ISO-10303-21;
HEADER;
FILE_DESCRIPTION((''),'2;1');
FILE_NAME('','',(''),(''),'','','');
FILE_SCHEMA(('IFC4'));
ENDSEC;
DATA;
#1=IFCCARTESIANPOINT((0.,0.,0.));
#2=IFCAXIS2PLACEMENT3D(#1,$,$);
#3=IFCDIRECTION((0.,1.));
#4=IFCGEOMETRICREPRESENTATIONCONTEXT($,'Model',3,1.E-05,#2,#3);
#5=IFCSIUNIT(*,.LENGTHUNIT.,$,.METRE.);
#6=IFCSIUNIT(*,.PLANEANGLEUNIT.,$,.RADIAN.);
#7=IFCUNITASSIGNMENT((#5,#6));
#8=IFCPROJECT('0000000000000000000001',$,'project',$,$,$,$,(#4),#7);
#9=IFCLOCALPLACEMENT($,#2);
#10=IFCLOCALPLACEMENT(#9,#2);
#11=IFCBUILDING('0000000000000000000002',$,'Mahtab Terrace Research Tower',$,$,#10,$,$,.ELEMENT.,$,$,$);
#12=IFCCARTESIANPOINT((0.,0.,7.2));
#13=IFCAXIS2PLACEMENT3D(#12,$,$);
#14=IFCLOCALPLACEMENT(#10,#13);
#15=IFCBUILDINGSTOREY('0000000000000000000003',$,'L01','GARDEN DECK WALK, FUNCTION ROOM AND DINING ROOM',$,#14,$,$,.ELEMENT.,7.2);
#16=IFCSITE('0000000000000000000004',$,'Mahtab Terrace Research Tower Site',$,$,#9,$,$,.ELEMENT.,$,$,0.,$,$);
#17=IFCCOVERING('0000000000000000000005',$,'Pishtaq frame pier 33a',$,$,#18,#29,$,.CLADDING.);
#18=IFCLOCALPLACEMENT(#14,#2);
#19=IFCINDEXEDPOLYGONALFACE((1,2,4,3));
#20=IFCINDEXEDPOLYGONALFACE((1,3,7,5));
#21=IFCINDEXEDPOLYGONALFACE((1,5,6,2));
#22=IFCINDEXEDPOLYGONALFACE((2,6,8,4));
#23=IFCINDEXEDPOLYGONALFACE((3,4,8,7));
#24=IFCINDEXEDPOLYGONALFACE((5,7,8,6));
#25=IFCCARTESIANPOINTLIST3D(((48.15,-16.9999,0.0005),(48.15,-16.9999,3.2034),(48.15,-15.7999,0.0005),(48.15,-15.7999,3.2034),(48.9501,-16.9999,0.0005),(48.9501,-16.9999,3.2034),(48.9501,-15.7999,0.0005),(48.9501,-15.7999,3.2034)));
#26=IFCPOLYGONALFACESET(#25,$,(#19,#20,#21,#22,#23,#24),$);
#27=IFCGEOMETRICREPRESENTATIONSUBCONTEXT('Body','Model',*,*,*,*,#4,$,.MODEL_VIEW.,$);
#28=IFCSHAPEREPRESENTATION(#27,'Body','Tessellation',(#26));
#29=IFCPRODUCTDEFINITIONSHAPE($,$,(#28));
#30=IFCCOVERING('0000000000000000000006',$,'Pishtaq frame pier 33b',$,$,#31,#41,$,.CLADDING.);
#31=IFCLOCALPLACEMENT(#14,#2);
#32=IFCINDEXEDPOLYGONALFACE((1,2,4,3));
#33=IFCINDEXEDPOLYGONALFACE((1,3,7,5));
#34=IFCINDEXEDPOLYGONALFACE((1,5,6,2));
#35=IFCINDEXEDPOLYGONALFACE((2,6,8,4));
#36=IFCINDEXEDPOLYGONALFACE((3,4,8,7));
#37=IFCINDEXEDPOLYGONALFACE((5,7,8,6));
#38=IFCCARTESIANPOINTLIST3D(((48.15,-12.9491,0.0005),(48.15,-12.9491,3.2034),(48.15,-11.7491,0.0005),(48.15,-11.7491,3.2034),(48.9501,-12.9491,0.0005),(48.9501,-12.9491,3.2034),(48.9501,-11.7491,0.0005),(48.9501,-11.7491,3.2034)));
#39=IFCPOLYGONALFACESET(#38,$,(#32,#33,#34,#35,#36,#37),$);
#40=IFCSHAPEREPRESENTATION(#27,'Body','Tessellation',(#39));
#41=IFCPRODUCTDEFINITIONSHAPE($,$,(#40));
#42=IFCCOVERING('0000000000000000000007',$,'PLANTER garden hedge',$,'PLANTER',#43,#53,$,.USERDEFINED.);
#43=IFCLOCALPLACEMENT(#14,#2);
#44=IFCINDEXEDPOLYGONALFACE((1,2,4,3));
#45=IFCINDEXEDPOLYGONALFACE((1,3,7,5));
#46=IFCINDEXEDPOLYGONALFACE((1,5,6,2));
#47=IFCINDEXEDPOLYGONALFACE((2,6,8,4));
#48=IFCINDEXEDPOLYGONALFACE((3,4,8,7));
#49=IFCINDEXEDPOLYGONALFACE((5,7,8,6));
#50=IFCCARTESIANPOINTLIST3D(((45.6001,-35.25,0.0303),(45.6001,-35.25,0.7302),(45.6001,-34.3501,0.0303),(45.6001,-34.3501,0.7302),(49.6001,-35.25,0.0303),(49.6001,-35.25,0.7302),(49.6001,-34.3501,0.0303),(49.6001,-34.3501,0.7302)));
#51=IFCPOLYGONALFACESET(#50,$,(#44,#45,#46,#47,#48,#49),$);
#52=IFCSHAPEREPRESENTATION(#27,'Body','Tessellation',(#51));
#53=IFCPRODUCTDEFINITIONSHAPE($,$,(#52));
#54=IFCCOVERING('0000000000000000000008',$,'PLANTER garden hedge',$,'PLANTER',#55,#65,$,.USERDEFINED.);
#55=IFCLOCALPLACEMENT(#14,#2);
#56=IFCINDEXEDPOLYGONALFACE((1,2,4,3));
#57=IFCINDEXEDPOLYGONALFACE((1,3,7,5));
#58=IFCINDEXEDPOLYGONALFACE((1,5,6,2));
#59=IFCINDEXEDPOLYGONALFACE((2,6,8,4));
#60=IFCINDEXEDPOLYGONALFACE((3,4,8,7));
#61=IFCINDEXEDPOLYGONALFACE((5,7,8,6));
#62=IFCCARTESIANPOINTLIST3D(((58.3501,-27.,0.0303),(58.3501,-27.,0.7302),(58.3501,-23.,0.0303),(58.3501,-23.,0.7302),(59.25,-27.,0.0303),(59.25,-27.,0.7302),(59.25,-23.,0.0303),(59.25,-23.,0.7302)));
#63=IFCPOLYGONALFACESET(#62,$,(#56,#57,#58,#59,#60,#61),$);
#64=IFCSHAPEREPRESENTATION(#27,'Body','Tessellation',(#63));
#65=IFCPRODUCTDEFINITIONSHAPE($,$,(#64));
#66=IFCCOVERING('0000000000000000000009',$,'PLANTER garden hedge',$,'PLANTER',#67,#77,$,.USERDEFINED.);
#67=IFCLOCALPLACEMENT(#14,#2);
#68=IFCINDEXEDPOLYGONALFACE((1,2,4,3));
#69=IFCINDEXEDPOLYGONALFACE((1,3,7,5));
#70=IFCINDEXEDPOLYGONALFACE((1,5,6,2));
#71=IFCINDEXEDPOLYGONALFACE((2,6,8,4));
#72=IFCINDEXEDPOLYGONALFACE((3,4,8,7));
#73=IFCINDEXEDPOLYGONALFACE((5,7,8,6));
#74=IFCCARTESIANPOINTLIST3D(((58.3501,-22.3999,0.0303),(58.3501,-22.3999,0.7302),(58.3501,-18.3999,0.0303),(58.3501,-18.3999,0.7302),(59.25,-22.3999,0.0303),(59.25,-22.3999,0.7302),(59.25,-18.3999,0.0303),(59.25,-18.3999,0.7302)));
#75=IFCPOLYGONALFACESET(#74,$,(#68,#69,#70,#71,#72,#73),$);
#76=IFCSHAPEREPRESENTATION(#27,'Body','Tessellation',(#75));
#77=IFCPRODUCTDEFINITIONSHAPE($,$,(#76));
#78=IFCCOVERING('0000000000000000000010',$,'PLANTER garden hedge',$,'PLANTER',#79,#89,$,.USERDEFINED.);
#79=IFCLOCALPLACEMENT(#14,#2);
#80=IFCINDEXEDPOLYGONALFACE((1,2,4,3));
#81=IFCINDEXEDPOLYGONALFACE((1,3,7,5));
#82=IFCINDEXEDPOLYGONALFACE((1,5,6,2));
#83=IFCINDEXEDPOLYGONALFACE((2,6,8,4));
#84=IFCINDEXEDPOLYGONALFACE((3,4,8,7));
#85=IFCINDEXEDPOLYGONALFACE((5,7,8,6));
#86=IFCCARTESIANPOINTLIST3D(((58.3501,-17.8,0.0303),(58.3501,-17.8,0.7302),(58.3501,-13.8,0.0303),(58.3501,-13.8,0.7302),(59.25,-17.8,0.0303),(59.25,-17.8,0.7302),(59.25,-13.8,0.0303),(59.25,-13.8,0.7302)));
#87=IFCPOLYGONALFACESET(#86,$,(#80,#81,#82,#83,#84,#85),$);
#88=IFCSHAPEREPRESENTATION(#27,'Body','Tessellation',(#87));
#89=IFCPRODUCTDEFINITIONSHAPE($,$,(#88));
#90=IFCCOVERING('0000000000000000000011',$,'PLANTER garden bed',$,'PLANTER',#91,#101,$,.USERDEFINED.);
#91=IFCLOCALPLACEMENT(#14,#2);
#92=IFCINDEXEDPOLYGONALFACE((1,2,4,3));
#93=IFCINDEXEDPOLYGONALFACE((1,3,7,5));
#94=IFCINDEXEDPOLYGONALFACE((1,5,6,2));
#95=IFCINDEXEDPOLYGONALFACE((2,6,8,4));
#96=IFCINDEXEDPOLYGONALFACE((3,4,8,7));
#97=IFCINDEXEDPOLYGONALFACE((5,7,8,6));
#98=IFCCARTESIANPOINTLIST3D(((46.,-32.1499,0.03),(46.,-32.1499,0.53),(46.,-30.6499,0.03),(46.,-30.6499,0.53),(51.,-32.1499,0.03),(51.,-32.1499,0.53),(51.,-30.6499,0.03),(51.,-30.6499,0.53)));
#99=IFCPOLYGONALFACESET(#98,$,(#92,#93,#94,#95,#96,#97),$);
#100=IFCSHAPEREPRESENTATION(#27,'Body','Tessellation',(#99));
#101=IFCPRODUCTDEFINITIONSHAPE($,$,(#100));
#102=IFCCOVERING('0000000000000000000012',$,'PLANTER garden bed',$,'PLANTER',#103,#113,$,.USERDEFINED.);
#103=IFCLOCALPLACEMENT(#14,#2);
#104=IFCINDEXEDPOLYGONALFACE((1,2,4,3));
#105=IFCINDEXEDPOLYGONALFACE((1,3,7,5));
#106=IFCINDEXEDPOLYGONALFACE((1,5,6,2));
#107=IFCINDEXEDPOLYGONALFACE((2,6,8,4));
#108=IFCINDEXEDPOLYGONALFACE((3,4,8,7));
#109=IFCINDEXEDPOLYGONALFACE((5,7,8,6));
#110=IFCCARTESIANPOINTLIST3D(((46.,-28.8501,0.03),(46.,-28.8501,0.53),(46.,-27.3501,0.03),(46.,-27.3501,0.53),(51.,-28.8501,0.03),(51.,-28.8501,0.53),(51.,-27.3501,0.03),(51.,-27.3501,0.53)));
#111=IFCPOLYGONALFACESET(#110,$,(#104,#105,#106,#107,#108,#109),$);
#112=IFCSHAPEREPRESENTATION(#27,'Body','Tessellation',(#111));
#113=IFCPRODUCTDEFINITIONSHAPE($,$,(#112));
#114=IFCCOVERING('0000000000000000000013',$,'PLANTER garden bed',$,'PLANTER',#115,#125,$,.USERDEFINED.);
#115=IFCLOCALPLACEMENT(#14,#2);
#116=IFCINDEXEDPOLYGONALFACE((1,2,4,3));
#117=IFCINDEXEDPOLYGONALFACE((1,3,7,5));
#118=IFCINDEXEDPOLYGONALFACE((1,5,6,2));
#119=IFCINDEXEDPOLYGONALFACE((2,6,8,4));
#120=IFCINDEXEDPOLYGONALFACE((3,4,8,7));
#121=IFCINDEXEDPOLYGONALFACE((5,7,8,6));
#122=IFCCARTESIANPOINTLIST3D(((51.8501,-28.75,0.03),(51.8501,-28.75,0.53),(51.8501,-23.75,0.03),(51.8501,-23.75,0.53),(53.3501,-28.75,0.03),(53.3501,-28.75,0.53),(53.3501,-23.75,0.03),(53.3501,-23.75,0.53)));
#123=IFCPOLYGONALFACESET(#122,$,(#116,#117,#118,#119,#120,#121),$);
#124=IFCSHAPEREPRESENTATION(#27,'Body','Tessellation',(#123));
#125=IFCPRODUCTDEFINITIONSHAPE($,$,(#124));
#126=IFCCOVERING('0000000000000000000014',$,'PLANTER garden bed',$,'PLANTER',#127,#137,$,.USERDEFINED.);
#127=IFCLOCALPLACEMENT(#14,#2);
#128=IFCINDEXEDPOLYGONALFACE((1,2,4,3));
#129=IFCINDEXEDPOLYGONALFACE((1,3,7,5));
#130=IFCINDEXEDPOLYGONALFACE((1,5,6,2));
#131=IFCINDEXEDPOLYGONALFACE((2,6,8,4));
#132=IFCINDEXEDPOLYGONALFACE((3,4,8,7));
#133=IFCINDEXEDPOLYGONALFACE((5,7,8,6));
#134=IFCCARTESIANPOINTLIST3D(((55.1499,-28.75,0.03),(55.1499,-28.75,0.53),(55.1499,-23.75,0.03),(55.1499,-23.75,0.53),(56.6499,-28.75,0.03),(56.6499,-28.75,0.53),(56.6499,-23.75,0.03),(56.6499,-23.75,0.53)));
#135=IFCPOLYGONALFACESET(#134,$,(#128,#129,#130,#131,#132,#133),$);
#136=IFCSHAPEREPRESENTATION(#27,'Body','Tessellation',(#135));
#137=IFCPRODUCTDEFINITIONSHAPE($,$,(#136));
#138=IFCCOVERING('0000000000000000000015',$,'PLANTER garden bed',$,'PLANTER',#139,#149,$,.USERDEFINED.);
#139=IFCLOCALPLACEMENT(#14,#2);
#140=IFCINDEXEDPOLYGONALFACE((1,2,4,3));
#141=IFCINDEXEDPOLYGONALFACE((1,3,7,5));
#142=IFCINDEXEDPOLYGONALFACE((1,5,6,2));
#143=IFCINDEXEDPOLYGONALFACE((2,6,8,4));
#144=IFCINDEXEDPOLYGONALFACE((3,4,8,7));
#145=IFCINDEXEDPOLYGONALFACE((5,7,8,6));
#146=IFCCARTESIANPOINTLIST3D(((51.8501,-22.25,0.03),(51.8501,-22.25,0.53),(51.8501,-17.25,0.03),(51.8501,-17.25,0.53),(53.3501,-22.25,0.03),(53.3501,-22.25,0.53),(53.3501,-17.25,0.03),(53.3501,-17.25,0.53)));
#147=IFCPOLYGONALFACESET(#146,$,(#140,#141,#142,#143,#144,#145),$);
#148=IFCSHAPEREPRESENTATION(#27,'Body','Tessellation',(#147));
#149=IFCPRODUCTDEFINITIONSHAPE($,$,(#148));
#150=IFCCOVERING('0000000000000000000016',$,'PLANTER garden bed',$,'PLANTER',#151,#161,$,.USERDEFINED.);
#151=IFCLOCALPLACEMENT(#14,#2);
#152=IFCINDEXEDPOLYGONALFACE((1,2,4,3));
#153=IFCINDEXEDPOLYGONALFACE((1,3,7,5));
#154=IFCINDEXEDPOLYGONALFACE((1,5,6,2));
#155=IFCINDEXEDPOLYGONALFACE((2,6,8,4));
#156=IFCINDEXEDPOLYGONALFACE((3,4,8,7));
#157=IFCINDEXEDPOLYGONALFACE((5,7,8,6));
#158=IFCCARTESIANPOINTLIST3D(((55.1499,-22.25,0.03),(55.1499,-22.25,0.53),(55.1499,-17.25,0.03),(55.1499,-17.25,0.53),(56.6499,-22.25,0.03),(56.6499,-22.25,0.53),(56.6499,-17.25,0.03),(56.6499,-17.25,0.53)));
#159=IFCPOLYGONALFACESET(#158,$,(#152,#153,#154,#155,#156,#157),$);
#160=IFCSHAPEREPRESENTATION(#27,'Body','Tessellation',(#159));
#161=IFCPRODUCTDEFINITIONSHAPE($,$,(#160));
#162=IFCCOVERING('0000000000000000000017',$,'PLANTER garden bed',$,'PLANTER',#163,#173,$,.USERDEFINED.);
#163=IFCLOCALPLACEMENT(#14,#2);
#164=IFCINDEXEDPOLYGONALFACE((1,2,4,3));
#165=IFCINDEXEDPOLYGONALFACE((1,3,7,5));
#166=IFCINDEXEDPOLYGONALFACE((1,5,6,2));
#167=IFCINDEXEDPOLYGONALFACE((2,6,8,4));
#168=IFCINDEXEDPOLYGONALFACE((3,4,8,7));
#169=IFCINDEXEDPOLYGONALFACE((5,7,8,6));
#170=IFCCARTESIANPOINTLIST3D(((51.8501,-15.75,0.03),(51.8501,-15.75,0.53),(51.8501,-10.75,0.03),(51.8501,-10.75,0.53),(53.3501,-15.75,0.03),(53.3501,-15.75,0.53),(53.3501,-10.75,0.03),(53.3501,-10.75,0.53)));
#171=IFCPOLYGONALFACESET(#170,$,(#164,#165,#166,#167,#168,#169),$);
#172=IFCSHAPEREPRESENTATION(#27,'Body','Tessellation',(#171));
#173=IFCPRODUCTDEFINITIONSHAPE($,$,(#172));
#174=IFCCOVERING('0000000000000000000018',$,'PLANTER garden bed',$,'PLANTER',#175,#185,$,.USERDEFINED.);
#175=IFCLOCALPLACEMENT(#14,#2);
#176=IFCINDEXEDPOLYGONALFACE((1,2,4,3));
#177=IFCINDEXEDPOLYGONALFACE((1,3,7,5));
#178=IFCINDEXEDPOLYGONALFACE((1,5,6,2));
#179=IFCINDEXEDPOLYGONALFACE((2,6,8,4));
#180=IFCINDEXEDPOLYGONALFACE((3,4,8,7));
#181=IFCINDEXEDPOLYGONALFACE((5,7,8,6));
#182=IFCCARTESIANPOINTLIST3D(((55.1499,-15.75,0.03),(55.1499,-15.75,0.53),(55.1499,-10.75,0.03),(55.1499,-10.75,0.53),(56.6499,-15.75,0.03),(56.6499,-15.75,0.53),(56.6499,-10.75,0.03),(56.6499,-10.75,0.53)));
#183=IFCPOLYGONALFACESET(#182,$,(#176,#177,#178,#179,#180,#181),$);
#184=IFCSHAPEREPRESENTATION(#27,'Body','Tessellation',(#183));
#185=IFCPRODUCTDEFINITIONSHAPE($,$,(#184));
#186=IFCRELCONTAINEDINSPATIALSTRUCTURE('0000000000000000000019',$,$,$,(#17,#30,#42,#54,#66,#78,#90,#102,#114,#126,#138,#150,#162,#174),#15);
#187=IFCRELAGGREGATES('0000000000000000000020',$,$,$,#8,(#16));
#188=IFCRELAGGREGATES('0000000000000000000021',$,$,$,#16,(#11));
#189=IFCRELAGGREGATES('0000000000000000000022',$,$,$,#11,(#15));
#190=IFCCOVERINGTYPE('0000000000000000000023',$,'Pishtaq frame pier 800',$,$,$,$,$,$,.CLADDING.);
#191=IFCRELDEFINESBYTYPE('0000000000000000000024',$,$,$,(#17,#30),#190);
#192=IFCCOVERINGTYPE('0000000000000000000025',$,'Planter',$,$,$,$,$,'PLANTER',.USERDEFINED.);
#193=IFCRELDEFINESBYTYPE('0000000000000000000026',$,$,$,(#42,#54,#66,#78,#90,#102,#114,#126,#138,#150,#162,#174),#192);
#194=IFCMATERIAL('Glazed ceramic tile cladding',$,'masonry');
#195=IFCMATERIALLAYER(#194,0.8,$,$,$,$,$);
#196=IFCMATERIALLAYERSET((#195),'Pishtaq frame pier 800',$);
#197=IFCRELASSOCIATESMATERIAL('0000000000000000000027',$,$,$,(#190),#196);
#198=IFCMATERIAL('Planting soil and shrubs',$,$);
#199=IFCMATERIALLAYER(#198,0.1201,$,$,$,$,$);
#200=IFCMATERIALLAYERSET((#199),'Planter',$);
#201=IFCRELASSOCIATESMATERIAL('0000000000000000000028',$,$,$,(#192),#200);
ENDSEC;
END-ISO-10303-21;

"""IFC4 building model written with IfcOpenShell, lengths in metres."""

from ifc_helpers import new_model, si_unit, direction, frame, origin, origin_2d, place, context, subcontext, project, spatial, rectangle, extrude, material, layer, layer_set, type_object, element, save


model = new_model("IFC4")

# Units and contexts
model_context = context("Model", 3, precision=1e-05, world=origin(), true_north=direction((0.0, 1.0)))
body_context = subcontext(model_context, "Body", "Model", "MODEL_VIEW")
ifc_project = project(units=[si_unit("LENGTHUNIT", "METRE"), si_unit("PLANEANGLEUNIT", "RADIAN")], contexts=[model_context])

# Site, building, storey
site_placement = place(None, origin())
site = spatial("IfcSite", under=ifc_project, at=site_placement, Name="Mahtab Terrace Research Tower Site", CompositionType="ELEMENT", RefElevation=0.0)
building_placement = place(site_placement, origin())
building = spatial("IfcBuilding", under=site, at=building_placement, Name="Mahtab Terrace Research Tower", CompositionType="ELEMENT")
storey_placement = place(building_placement, frame((0.0, 0.0, 7.2)))
storey = spatial("IfcBuildingStorey", under=building, at=storey_placement, Name="L01", Description="GARDEN DECK WALK, FUNCTION ROOM AND DINING ROOM", CompositionType="ELEMENT", Elevation=7.2)

# Coverings
ifc_material_1 = material(Name="Glazed ceramic tile cladding", Category="masonry")
ifc_layer_1 = layer(ifc_material_1, 0.8)
ifc_layer_set_1 = layer_set([ifc_layer_1], Name="Pishtaq frame pier 800")
covering_type_1 = type_object("IfcCoveringType", Name="Pishtaq frame pier 800", PredefinedType="CLADDING", material=ifc_layer_set_1)
for number, where, z_axis, x_axis, name in (
    (1, (48.55, -16.3999, 0.0005), (0.0, 0.0, 1.0), (0.0, 1.0, 0.0), "Pishtaq frame pier 33a"),
    (2, (48.55, -12.3491, 0.0005), (0.0, 0.0, 1.0), (0.0, 1.0, 0.0), "Pishtaq frame pier 33b"),
):
    element("IfcCovering", number, at=place(storey_placement, frame(where, z_axis=z_axis, x_axis=x_axis)), inside=storey, type_object=covering_type_1, Name=name, PredefinedType="CLADDING", context=body_context, shape_type="SweptSolid", body=[
        extrude(rectangle(XDim=1.2, YDim=0.8, at=origin_2d()), origin(), (0.0, 0.0, 1.0), 3.2029),
    ])
ifc_material_2 = material(Name="Planting soil and shrubs")
ifc_layer_2 = layer(ifc_material_2, 0.1201)
ifc_layer_set_2 = layer_set([ifc_layer_2], Name="Planter")
covering_type_2 = type_object("IfcCoveringType", Name="Planter", ElementType="PLANTER", PredefinedType="USERDEFINED", material=ifc_layer_set_2)
for number, where, z_axis, x_axis, name in (
    (3, (47.6001, -34.8, 0.0303), (0.0, 0.0, 1.0), (1.0, 0.0, 0.0), "PLANTER garden hedge"),
    (4, (58.8, -25.0, 0.0303), (0.0, 0.0, 1.0), (0.0, 1.0, 0.0), "PLANTER garden hedge"),
    (5, (58.8, -20.3999, 0.0303), (0.0, 0.0, 1.0), (0.0, 1.0, 0.0), "PLANTER garden hedge"),
    (6, (58.8, -15.8, 0.0303), (0.0, 0.0, 1.0), (0.0, 1.0, 0.0), "PLANTER garden hedge"),
):
    element("IfcCovering", number, at=place(storey_placement, frame(where, z_axis=z_axis, x_axis=x_axis)), inside=storey, type_object=covering_type_2, Name=name, ObjectType="PLANTER", PredefinedType="USERDEFINED", context=body_context, shape_type="SweptSolid", body=[
        extrude(rectangle(XDim=4.0, YDim=0.8999, at=origin_2d()), origin(), (0.0, 0.0, 1.0), 0.7),
    ])
for number, where, z_axis, x_axis, name in (
    (7, (48.5, -31.3999, 0.03), (0.0, 0.0, 1.0), (1.0, 0.0, 0.0), "PLANTER garden bed"),
    (8, (48.5, -28.1001, 0.03), (0.0, 0.0, 1.0), (1.0, 0.0, 0.0), "PLANTER garden bed"),
):
    element("IfcCovering", number, at=place(storey_placement, frame(where, z_axis=z_axis, x_axis=x_axis)), inside=storey, type_object=covering_type_2, Name=name, ObjectType="PLANTER", PredefinedType="USERDEFINED", context=body_context, shape_type="SweptSolid", body=[
        extrude(rectangle(XDim=5.0, YDim=1.5, at=origin_2d()), origin(), (0.0, 0.0, 1.0), 0.5),
    ])
for number, where, z_axis, x_axis, name in (
    (9, (52.6001, -26.25, 0.03), (0.0, 0.0, 1.0), (1.0, 0.0, 0.0), "PLANTER garden bed"),
    (10, (55.8999, -26.25, 0.03), (0.0, 0.0, 1.0), (1.0, 0.0, 0.0), "PLANTER garden bed"),
    (11, (52.6001, -19.75, 0.03), (0.0, 0.0, 1.0), (1.0, 0.0, 0.0), "PLANTER garden bed"),
    (12, (55.8999, -19.75, 0.03), (0.0, 0.0, 1.0), (1.0, 0.0, 0.0), "PLANTER garden bed"),
    (13, (52.6001, -13.25, 0.03), (0.0, 0.0, 1.0), (1.0, 0.0, 0.0), "PLANTER garden bed"),
    (14, (55.8999, -13.25, 0.03), (0.0, 0.0, 1.0), (1.0, 0.0, 0.0), "PLANTER garden bed"),
):
    element("IfcCovering", number, at=place(storey_placement, frame(where, z_axis=z_axis, x_axis=x_axis)), inside=storey, type_object=covering_type_2, Name=name, ObjectType="PLANTER", PredefinedType="USERDEFINED", context=body_context, shape_type="SweptSolid", body=[
        extrude(rectangle(XDim=1.5, YDim=5.0, at=origin_2d()), origin(), (0.0, 0.0, 1.0), 0.5),
    ])

save(model, "model.ifc")
